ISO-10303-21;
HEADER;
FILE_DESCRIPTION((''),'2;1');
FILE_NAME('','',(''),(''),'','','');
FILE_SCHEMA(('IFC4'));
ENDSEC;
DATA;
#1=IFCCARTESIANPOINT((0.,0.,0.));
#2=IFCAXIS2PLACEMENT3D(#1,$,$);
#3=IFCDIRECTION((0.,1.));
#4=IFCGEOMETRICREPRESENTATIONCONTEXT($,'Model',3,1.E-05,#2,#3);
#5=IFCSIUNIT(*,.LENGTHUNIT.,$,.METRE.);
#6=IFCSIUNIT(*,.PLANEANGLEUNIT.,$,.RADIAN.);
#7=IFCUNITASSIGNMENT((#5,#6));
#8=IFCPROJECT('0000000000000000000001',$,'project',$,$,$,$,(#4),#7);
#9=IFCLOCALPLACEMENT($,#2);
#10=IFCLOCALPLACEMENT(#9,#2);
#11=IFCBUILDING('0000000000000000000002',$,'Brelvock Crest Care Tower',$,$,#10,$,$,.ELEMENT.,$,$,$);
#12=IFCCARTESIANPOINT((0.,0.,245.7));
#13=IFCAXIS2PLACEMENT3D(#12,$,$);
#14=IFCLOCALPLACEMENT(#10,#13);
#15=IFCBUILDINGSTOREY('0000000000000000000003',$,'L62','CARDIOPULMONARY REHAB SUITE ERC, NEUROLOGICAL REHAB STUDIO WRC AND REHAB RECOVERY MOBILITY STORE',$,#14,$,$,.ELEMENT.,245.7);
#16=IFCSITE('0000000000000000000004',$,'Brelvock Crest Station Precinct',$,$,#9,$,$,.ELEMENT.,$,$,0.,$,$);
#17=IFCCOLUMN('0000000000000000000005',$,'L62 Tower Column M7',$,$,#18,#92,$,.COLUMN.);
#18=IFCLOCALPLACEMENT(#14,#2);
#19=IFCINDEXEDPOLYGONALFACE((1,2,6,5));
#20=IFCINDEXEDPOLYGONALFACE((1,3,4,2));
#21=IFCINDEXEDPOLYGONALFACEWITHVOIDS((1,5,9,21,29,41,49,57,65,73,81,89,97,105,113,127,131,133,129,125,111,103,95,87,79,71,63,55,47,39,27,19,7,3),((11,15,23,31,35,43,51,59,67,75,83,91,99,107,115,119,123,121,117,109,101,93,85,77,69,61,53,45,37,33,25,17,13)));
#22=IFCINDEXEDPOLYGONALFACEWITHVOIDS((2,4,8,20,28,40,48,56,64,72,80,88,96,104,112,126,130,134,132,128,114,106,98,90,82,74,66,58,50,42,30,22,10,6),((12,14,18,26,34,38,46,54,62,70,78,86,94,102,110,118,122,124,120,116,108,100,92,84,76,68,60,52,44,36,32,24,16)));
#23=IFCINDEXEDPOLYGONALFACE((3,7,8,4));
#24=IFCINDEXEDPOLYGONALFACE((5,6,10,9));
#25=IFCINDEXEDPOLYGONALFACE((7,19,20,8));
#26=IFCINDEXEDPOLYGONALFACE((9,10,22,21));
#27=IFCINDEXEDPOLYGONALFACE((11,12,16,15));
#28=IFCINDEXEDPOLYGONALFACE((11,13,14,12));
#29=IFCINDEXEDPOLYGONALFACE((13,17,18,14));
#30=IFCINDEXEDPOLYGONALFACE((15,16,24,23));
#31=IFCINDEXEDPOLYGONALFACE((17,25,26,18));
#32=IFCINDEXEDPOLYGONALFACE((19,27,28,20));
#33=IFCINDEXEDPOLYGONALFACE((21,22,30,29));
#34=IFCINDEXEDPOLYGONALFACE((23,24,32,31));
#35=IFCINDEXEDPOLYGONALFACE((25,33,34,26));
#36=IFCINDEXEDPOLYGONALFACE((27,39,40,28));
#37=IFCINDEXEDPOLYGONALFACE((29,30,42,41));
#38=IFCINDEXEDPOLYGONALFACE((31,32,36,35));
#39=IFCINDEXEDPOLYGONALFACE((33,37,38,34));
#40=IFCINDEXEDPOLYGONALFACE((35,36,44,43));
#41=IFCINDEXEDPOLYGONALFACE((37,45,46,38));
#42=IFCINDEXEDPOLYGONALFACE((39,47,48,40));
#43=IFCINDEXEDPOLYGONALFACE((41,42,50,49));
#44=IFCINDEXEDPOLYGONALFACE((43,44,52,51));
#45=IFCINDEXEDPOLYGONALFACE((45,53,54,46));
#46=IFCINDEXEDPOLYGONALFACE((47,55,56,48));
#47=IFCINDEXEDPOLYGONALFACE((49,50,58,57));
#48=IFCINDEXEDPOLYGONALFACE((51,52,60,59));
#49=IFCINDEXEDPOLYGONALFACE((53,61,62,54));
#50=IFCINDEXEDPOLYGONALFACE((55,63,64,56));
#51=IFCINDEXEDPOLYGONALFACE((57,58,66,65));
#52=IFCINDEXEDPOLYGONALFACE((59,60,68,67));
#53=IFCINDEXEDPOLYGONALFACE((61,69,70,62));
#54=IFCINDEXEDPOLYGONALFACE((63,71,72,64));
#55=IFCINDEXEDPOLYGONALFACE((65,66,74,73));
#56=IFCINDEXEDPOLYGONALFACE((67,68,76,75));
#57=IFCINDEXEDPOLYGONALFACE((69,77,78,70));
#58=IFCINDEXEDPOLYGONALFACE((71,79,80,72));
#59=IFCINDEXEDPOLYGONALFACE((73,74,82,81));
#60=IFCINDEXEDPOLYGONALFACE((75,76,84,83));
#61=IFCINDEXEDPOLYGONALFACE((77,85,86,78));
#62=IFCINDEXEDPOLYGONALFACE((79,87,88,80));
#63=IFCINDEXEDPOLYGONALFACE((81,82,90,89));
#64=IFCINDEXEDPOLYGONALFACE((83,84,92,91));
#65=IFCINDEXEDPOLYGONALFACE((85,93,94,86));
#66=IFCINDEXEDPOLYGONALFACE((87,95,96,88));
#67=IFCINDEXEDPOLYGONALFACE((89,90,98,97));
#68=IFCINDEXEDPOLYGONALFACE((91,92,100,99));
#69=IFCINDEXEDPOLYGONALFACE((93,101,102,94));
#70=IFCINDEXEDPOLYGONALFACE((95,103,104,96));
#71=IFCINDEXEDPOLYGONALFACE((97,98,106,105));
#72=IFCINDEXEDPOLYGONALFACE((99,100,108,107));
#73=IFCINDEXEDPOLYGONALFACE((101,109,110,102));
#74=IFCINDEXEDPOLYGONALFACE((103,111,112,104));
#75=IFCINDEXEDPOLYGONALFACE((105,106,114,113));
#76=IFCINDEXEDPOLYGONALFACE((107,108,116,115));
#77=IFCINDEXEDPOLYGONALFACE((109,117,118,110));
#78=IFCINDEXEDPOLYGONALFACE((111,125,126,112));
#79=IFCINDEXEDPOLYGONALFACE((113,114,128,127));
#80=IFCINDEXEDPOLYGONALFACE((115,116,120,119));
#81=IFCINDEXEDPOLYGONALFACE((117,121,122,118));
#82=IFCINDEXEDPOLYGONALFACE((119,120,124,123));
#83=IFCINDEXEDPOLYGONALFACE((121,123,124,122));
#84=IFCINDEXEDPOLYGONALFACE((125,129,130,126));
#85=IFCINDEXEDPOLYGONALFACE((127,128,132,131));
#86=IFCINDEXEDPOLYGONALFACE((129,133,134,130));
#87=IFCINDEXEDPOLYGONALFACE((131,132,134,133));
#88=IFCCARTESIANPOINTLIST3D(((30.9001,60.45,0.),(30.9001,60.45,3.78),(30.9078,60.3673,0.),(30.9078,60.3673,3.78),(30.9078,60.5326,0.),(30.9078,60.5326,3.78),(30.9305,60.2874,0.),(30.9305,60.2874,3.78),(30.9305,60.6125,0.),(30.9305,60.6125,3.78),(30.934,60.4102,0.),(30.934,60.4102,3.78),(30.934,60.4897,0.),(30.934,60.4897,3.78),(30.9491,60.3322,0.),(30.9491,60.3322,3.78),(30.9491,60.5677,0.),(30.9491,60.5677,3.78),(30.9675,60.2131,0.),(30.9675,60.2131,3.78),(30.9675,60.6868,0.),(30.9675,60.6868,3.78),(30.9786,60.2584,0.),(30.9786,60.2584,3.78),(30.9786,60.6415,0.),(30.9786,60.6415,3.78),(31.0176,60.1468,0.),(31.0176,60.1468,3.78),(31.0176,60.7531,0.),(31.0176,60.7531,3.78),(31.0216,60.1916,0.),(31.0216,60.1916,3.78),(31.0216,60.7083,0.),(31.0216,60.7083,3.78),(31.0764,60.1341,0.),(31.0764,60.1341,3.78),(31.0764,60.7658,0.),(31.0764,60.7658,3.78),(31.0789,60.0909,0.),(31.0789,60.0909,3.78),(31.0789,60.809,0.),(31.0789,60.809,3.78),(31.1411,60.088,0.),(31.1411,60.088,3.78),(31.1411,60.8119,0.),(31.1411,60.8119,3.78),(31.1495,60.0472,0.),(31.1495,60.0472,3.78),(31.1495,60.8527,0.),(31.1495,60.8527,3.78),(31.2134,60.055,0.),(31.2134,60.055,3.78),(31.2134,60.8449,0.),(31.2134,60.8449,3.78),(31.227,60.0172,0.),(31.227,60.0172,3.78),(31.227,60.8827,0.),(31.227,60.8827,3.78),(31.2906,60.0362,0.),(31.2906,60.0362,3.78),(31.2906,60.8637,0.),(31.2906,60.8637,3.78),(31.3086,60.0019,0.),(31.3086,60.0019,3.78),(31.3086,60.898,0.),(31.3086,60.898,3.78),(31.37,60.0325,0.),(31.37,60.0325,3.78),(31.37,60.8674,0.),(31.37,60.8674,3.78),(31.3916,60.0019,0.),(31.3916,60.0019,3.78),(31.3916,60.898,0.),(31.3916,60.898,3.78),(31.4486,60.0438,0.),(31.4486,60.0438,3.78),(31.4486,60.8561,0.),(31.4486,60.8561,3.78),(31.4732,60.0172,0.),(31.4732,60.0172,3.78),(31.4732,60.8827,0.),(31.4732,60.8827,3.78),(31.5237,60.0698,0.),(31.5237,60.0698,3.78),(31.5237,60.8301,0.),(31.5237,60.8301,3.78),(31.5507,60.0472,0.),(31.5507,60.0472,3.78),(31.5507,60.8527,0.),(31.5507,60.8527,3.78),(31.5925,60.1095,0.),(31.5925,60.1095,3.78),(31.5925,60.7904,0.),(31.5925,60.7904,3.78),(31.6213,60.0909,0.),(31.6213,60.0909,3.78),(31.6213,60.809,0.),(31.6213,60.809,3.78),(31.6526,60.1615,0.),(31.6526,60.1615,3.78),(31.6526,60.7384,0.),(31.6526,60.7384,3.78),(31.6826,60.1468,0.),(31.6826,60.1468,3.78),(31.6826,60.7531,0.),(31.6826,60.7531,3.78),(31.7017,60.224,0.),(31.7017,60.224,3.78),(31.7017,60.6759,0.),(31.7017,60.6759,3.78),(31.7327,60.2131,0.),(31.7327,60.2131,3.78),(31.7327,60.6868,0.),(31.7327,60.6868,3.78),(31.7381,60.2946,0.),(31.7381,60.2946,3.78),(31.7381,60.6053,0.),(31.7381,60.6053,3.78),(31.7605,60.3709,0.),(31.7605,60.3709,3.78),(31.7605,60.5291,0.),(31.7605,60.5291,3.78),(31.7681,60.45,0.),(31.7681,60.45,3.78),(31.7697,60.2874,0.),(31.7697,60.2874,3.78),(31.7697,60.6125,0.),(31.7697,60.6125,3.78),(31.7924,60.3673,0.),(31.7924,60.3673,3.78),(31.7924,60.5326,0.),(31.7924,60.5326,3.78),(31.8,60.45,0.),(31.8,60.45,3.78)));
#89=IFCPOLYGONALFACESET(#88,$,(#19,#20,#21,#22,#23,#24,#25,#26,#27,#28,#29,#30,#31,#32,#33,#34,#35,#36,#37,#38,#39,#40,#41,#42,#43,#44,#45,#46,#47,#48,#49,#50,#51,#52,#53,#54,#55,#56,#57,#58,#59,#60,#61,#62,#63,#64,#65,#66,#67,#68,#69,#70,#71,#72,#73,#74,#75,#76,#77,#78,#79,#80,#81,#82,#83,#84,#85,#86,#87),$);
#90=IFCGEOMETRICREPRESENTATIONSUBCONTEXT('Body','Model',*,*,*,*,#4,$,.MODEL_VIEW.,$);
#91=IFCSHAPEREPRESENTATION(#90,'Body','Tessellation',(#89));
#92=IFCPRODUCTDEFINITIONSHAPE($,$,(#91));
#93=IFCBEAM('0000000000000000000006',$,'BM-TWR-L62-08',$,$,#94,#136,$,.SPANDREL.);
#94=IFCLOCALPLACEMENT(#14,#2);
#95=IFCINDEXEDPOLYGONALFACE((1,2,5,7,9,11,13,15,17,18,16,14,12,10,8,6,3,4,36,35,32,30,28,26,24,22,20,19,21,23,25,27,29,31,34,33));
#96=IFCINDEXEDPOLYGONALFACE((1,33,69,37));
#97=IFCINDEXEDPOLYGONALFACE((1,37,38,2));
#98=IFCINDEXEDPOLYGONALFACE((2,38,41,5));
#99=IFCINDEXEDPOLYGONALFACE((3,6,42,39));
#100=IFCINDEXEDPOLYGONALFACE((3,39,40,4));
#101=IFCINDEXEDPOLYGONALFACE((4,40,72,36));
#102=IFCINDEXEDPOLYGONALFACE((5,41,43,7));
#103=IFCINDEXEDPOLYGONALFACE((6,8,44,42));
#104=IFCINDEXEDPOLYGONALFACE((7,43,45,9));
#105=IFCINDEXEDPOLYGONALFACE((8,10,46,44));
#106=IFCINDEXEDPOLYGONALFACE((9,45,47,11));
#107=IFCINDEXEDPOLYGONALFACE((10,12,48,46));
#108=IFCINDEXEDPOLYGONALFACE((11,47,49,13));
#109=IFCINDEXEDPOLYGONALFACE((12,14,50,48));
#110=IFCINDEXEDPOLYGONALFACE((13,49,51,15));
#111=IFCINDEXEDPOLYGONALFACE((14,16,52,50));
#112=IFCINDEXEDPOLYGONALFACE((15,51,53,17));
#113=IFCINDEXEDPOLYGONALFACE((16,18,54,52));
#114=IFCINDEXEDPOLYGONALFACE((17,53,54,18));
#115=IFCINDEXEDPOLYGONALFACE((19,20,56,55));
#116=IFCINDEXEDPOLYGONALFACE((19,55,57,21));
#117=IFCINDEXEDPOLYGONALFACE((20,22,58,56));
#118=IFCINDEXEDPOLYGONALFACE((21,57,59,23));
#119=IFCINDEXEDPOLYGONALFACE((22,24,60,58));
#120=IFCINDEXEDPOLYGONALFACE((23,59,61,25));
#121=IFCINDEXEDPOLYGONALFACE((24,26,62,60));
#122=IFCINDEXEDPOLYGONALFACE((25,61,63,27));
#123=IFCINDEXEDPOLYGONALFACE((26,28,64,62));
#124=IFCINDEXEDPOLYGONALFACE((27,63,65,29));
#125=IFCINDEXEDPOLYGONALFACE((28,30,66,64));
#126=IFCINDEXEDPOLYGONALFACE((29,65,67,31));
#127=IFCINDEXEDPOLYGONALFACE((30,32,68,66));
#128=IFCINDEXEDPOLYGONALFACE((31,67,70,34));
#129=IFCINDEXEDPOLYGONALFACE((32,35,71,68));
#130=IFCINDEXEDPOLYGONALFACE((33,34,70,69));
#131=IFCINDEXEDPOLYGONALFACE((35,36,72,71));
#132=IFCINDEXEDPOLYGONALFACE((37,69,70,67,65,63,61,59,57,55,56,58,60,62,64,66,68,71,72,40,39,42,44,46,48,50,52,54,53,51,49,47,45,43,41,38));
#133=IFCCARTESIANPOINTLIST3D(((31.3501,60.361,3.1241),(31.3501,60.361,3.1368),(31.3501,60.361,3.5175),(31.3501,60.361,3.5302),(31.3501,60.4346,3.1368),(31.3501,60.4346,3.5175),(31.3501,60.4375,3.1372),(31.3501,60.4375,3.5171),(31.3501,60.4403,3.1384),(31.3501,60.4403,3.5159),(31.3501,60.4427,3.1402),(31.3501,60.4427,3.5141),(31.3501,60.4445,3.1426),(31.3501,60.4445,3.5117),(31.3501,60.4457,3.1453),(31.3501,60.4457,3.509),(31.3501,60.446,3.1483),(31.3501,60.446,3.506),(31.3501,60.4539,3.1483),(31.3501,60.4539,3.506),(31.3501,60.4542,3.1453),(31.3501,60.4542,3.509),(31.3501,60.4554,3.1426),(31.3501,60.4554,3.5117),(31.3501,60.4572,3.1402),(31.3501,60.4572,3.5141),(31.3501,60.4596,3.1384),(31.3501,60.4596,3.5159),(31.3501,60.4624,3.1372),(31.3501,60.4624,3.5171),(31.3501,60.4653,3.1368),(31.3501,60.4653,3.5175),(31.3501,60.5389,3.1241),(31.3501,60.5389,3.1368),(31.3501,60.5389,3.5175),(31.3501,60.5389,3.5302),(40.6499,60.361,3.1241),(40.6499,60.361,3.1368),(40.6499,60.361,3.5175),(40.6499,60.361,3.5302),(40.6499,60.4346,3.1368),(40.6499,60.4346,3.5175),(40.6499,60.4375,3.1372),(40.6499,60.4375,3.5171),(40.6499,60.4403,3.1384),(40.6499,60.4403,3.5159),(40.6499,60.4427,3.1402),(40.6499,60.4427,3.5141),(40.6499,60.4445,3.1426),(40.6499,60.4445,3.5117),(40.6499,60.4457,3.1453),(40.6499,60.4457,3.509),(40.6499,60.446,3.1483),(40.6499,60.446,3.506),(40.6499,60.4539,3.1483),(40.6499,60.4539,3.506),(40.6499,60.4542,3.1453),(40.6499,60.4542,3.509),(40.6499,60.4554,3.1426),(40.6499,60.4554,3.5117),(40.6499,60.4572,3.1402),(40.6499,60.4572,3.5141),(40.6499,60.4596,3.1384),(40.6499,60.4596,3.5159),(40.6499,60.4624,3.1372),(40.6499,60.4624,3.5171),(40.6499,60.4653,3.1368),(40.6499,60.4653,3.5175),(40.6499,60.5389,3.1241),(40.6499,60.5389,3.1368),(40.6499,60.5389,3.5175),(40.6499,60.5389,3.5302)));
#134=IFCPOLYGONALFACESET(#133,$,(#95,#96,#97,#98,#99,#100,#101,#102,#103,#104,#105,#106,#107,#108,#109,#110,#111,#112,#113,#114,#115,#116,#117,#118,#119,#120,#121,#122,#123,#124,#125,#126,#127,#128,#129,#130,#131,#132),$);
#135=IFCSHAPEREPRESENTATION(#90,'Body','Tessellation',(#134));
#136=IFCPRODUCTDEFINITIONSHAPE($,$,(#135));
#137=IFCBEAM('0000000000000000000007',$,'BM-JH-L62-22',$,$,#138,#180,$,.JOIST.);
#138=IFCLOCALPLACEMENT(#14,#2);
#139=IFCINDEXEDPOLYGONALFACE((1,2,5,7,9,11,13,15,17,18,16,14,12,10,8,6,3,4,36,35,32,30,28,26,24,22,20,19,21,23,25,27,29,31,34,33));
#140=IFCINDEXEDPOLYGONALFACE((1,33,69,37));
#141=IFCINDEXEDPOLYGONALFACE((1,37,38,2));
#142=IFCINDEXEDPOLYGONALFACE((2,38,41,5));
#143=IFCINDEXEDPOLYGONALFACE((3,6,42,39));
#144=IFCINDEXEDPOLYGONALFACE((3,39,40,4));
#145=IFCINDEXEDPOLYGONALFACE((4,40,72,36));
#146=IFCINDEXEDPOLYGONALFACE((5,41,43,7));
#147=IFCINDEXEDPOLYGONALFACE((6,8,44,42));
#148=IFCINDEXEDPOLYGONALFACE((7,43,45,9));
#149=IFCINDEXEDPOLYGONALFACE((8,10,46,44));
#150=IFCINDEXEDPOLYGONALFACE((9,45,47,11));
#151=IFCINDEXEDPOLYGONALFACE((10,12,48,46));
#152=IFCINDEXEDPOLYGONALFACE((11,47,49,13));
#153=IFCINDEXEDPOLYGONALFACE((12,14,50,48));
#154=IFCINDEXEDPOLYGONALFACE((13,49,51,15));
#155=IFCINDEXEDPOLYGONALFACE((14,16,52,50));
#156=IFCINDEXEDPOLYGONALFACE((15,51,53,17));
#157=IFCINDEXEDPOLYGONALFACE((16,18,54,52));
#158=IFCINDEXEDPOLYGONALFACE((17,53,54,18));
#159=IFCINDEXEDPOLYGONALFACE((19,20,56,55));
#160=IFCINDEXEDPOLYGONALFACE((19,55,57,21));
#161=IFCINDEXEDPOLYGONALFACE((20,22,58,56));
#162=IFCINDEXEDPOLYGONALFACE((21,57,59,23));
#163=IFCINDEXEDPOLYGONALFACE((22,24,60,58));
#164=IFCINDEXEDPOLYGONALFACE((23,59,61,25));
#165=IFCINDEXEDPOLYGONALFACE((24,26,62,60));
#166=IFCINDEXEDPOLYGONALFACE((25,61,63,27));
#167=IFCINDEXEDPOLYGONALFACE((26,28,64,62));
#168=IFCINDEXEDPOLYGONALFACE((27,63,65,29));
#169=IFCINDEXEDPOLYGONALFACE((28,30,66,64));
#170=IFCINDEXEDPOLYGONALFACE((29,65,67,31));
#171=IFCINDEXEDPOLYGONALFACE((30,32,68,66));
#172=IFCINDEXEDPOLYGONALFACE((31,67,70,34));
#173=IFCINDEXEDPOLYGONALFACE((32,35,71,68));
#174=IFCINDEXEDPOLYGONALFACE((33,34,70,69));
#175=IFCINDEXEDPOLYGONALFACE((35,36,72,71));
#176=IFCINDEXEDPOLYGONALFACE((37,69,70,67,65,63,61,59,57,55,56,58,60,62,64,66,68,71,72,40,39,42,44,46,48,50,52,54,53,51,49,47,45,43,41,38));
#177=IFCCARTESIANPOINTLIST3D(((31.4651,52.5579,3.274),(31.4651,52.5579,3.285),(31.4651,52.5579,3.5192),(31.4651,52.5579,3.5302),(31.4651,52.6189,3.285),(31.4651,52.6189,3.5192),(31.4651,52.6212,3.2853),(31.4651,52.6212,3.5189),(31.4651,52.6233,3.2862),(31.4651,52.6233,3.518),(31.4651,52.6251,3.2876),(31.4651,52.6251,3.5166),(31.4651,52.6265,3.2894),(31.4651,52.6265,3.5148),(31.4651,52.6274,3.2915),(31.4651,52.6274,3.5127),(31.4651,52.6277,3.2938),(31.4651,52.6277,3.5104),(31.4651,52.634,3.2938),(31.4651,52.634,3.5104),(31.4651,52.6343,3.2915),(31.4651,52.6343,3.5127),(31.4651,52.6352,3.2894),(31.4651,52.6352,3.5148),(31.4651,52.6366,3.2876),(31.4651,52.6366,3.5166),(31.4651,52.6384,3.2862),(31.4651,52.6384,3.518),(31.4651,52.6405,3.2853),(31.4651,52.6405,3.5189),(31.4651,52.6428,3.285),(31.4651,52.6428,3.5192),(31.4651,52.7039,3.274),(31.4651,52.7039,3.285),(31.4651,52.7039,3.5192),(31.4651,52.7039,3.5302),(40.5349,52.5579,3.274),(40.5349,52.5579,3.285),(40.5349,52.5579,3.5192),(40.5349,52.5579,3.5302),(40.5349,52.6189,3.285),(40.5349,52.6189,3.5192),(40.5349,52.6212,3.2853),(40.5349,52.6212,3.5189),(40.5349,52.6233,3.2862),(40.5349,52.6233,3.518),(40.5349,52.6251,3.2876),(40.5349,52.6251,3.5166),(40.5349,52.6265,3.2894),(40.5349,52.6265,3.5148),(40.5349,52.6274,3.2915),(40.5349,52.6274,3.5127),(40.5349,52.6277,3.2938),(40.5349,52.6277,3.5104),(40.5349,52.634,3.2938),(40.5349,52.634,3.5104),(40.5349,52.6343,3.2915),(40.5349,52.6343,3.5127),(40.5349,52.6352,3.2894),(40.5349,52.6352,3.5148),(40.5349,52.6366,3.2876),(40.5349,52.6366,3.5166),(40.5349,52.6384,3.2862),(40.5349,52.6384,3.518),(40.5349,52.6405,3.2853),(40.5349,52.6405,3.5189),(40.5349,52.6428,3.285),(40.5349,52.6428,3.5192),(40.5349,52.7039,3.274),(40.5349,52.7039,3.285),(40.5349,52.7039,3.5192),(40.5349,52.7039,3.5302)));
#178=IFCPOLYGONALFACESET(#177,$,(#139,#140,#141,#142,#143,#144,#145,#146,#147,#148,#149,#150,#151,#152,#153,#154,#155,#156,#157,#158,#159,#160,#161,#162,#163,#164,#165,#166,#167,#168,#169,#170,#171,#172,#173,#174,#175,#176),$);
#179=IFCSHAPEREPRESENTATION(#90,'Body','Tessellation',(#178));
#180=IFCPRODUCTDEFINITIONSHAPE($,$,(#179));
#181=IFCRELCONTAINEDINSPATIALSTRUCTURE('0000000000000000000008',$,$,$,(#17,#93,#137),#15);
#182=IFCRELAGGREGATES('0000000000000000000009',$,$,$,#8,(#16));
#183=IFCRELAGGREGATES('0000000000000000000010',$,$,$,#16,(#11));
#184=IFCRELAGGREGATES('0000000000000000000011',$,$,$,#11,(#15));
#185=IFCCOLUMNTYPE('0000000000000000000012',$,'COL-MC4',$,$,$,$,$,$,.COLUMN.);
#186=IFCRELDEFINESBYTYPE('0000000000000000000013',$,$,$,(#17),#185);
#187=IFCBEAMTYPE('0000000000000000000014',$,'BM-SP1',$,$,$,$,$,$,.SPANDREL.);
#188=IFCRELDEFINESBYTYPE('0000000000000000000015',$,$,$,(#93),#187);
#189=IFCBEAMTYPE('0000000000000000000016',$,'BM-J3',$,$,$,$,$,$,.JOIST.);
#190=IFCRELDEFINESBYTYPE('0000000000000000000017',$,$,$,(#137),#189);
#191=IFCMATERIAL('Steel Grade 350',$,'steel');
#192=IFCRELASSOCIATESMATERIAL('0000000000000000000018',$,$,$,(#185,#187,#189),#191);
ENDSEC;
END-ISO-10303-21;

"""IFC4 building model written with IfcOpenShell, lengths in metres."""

from ifc_helpers import new_model, si_unit, direction, frame, origin, origin_2d, place, context, subcontext, project, spatial, hollow_circle, i_section, extrude, source, transform, mapped, material, material_profile, profile_set, type_object, element, save


model = new_model("IFC4")

# Units and contexts
model_context = context("Model", 3, precision=1e-05, world=origin(), true_north=direction((0.0, 1.0)))
body_context = subcontext(model_context, "Body", "Model", "MODEL_VIEW")
ifc_project = project(units=[si_unit("LENGTHUNIT", "METRE"), si_unit("PLANEANGLEUNIT", "RADIAN")], contexts=[model_context])

# Site, building, storey
site_placement = place(None, origin())
site = spatial("IfcSite", under=ifc_project, at=site_placement, Name="Brelvock Crest Station Precinct", CompositionType="ELEMENT", RefElevation=0.0)
building_placement = place(site_placement, origin())
building = spatial("IfcBuilding", under=site, at=building_placement, Name="Brelvock Crest Care Tower", CompositionType="ELEMENT")
storey_placement = place(building_placement, frame((0.0, 0.0, 245.7)))
storey = spatial("IfcBuildingStorey", under=building, at=storey_placement, Name="L62", Description="CARDIOPULMONARY REHAB SUITE ERC, NEUROLOGICAL REHAB STUDIO WRC AND REHAB RECOVERY MOBILITY STORE", CompositionType="ELEMENT", Elevation=245.7)

# Column
ifc_material_1 = material(Name="Steel Grade 350", Category="steel")
ifc_material_profile_1 = material_profile(ifc_material_1, hollow_circle(Radius=0.45, WallThickness=0.032, at=origin_2d()), Name="CFT900x32")
ifc_profile_set_1 = profile_set([ifc_material_profile_1], Name="Steel Grade 350")
column_type = type_object("IfcColumnType", Name="COL-MC4", PredefinedType="COLUMN", material=ifc_profile_set_1)
shared_shape_1 = source(origin(), body_context, "Body", "SweptSolid", [
    extrude(hollow_circle(Radius=0.45, WallThickness=0.032, at=origin_2d()), origin(), (0.0, 0.0, 1.0), 3.78),
])
column_placement = place(storey_placement, frame((31.3501, 60.45, 0.0), z_axis=(0.0, 0.0, 1.0), x_axis=(1.0, 0.0, 0.0)))
element("IfcColumn", 1, at=column_placement, inside=storey, type_object=column_type, Name="L62 Tower Column M7", PredefinedType="COLUMN", context=body_context, shape_type="MappedRepresentation", body=[
    mapped(shared_shape_1, transform((0.0, 0.0, 0.0), x_axis=(1.0, 0.0, 0.0), y_axis=(0.0, 1.0, 0.0), z_axis=(0.0, 0.0, 1.0), scale=1.0)),
])

# Beams
ifc_material_profile_2 = material_profile(ifc_material_1, i_section(OverallWidth=0.178, OverallDepth=0.406, WebThickness=0.0078, FlangeThickness=0.0127, FilletRadius=0.0115, at=origin_2d()), Name="410UB59.7")
ifc_profile_set_2 = profile_set([ifc_material_profile_2], Name="Steel Grade 350")
beam_type_1 = type_object("IfcBeamType", Name="BM-SP1", PredefinedType="SPANDREL", material=ifc_profile_set_2)
shared_shape_2 = source(origin(), body_context, "Body", "SweptSolid", [
    extrude(i_section(OverallWidth=0.178, OverallDepth=0.406, WebThickness=0.0078, FlangeThickness=0.0127, FilletRadius=0.0115, at=origin_2d()), origin(), (0.0, 0.0, 1.0), 9.2998),
])
beam_placement = place(storey_placement, frame((31.3501, 60.45, 3.3271), z_axis=(1.0, 0.0, 0.0), x_axis=(0.0, 1.0, 0.0)))
element("IfcBeam", 2, at=beam_placement, inside=storey, type_object=beam_type_1, Name="BM-TWR-L62-08", PredefinedType="SPANDREL", context=body_context, shape_type="MappedRepresentation", body=[
    mapped(shared_shape_2, transform((0.0, 0.0, 0.0), x_axis=(1.0, 0.0, 0.0), y_axis=(0.0, 1.0, 0.0), z_axis=(0.0, 0.0, 1.0), scale=1.0)),
])
ifc_material_profile_3 = material_profile(ifc_material_1, i_section(OverallWidth=0.146, OverallDepth=0.2561, WebThickness=0.0063, FlangeThickness=0.011, FilletRadius=0.0088, at=origin_2d()), Name="250UB37.3")
ifc_profile_set_3 = profile_set([ifc_material_profile_3], Name="Steel Grade 350")
beam_type_2 = type_object("IfcBeamType", Name="BM-J3", PredefinedType="JOIST", material=ifc_profile_set_3)
shared_shape_3 = source(origin(), body_context, "Body", "SweptSolid", [
    extrude(i_section(OverallWidth=0.146, OverallDepth=0.2561, WebThickness=0.0063, FlangeThickness=0.011, FilletRadius=0.0088, at=origin_2d()), origin(), (0.0, 0.0, 1.0), 9.0698),
])
for number, where, z_axis, x_axis, name in (
    (3, (31.4651, 52.6309, 3.4021), (1.0, 0.0, 0.0), (0.0, 1.0, 0.0), "BM-JH-L62-22"),
):
    element("IfcBeam", number, at=place(storey_placement, frame(where, z_axis=z_axis, x_axis=x_axis)), inside=storey, type_object=beam_type_2, Name=name, PredefinedType="JOIST", context=body_context, shape_type="MappedRepresentation", body=[
        mapped(shared_shape_3, transform((0.0, 0.0, 0.0), x_axis=(1.0, 0.0, 0.0), y_axis=(0.0, 1.0, 0.0), z_axis=(0.0, 0.0, 1.0), scale=1.0)),
    ])

save(model, "model.ifc")
